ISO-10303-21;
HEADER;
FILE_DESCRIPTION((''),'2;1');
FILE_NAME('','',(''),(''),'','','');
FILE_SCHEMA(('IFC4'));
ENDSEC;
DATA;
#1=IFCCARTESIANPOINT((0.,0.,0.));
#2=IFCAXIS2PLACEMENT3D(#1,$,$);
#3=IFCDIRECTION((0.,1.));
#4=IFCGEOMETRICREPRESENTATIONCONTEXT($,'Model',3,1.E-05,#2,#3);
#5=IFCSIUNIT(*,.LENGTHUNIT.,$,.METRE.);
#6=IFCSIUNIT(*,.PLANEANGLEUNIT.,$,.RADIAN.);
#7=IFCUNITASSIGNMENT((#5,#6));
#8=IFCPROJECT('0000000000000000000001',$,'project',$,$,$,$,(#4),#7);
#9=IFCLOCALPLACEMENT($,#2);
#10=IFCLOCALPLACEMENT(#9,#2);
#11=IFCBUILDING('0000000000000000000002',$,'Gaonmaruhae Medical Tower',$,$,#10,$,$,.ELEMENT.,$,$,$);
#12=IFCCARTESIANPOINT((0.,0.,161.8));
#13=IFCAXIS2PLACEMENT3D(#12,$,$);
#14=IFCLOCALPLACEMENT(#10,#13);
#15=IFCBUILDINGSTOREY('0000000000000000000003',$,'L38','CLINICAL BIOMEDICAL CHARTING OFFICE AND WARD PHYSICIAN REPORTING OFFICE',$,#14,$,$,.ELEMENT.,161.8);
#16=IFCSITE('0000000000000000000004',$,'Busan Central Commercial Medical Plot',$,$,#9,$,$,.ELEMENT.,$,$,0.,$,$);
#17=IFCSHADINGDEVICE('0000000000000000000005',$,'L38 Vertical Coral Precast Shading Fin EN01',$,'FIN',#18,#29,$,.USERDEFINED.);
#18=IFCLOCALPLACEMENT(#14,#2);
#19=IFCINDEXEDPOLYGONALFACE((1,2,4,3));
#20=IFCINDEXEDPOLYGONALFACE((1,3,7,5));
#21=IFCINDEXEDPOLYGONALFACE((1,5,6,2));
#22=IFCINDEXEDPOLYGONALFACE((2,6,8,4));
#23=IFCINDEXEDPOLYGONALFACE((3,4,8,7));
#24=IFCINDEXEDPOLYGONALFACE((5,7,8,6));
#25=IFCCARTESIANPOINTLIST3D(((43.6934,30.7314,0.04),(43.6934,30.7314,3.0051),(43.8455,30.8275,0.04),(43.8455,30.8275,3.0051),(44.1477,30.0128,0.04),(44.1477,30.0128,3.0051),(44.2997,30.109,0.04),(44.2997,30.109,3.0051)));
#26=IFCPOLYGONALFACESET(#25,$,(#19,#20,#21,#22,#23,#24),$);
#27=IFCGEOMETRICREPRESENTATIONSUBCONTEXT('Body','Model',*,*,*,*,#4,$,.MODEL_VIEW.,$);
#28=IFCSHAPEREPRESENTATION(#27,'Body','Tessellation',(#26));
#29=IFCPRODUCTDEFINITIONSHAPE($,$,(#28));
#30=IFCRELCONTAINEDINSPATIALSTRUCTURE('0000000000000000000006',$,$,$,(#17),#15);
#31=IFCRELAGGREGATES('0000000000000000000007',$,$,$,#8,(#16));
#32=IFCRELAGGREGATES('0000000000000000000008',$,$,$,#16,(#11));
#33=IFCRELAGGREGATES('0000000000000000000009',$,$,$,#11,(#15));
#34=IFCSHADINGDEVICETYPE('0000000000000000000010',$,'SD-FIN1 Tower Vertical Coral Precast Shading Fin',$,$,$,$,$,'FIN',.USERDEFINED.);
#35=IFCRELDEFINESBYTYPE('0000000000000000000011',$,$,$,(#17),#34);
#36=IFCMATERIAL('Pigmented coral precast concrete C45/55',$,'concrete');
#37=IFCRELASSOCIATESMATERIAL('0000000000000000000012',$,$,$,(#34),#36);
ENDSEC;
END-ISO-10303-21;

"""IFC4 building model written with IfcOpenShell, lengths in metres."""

from ifc_helpers import new_model, si_unit, direction, frame, origin, origin_2d, place, context, subcontext, project, spatial, rectangle, extrude, material, type_object, element, save


model = new_model("IFC4")

# Units and contexts
model_context = context("Model", 3, precision=1e-05, world=origin(), true_north=direction((0.0, 1.0)))
body_context = subcontext(model_context, "Body", "Model", "MODEL_VIEW")
ifc_project = project(units=[si_unit("LENGTHUNIT", "METRE"), si_unit("PLANEANGLEUNIT", "RADIAN")], contexts=[model_context])

# Site, building, storey
site_placement = place(None, origin())
site = spatial("IfcSite", under=ifc_project, at=site_placement, Name="Busan Central Commercial Medical Plot", CompositionType="ELEMENT", RefElevation=0.0)
building_placement = place(site_placement, origin())
building = spatial("IfcBuilding", under=site, at=building_placement, Name="Gaonmaruhae Medical Tower", CompositionType="ELEMENT")
storey_placement = place(building_placement, frame((0.0, 0.0, 161.8)))
storey = spatial("IfcBuildingStorey", under=building, at=storey_placement, Name="L38", Description="CLINICAL BIOMEDICAL CHARTING OFFICE AND WARD PHYSICIAN REPORTING OFFICE", CompositionType="ELEMENT", Elevation=161.8)

# Shading device
ifc_material_1 = material(Name="Pigmented coral precast concrete C45/55", Category="concrete")
shading_device_type = type_object("IfcShadingDeviceType", Name="SD-FIN1 Tower Vertical Coral Precast Shading Fin", ElementType="FIN", PredefinedType="USERDEFINED", material=ifc_material_1)
shading_device_placement = place(storey_placement, frame((43.9966, 30.4202, 0.04), z_axis=(0.0, 0.0, 1.0), x_axis=(0.845271, 0.534338, 0.0)))
element("IfcShadingDevice", 1, at=shading_device_placement, inside=storey, type_object=shading_device_type, Name="L38 Vertical Coral Precast Shading Fin EN01", ObjectType="FIN", PredefinedType="USERDEFINED", context=body_context, shape_type="SweptSolid", body=[
    extrude(rectangle(XDim=0.1799, YDim=0.8501, at=origin_2d()), origin(), (0.0, 0.0, 1.0), 2.9651),
])

save(model, "model.ifc")
